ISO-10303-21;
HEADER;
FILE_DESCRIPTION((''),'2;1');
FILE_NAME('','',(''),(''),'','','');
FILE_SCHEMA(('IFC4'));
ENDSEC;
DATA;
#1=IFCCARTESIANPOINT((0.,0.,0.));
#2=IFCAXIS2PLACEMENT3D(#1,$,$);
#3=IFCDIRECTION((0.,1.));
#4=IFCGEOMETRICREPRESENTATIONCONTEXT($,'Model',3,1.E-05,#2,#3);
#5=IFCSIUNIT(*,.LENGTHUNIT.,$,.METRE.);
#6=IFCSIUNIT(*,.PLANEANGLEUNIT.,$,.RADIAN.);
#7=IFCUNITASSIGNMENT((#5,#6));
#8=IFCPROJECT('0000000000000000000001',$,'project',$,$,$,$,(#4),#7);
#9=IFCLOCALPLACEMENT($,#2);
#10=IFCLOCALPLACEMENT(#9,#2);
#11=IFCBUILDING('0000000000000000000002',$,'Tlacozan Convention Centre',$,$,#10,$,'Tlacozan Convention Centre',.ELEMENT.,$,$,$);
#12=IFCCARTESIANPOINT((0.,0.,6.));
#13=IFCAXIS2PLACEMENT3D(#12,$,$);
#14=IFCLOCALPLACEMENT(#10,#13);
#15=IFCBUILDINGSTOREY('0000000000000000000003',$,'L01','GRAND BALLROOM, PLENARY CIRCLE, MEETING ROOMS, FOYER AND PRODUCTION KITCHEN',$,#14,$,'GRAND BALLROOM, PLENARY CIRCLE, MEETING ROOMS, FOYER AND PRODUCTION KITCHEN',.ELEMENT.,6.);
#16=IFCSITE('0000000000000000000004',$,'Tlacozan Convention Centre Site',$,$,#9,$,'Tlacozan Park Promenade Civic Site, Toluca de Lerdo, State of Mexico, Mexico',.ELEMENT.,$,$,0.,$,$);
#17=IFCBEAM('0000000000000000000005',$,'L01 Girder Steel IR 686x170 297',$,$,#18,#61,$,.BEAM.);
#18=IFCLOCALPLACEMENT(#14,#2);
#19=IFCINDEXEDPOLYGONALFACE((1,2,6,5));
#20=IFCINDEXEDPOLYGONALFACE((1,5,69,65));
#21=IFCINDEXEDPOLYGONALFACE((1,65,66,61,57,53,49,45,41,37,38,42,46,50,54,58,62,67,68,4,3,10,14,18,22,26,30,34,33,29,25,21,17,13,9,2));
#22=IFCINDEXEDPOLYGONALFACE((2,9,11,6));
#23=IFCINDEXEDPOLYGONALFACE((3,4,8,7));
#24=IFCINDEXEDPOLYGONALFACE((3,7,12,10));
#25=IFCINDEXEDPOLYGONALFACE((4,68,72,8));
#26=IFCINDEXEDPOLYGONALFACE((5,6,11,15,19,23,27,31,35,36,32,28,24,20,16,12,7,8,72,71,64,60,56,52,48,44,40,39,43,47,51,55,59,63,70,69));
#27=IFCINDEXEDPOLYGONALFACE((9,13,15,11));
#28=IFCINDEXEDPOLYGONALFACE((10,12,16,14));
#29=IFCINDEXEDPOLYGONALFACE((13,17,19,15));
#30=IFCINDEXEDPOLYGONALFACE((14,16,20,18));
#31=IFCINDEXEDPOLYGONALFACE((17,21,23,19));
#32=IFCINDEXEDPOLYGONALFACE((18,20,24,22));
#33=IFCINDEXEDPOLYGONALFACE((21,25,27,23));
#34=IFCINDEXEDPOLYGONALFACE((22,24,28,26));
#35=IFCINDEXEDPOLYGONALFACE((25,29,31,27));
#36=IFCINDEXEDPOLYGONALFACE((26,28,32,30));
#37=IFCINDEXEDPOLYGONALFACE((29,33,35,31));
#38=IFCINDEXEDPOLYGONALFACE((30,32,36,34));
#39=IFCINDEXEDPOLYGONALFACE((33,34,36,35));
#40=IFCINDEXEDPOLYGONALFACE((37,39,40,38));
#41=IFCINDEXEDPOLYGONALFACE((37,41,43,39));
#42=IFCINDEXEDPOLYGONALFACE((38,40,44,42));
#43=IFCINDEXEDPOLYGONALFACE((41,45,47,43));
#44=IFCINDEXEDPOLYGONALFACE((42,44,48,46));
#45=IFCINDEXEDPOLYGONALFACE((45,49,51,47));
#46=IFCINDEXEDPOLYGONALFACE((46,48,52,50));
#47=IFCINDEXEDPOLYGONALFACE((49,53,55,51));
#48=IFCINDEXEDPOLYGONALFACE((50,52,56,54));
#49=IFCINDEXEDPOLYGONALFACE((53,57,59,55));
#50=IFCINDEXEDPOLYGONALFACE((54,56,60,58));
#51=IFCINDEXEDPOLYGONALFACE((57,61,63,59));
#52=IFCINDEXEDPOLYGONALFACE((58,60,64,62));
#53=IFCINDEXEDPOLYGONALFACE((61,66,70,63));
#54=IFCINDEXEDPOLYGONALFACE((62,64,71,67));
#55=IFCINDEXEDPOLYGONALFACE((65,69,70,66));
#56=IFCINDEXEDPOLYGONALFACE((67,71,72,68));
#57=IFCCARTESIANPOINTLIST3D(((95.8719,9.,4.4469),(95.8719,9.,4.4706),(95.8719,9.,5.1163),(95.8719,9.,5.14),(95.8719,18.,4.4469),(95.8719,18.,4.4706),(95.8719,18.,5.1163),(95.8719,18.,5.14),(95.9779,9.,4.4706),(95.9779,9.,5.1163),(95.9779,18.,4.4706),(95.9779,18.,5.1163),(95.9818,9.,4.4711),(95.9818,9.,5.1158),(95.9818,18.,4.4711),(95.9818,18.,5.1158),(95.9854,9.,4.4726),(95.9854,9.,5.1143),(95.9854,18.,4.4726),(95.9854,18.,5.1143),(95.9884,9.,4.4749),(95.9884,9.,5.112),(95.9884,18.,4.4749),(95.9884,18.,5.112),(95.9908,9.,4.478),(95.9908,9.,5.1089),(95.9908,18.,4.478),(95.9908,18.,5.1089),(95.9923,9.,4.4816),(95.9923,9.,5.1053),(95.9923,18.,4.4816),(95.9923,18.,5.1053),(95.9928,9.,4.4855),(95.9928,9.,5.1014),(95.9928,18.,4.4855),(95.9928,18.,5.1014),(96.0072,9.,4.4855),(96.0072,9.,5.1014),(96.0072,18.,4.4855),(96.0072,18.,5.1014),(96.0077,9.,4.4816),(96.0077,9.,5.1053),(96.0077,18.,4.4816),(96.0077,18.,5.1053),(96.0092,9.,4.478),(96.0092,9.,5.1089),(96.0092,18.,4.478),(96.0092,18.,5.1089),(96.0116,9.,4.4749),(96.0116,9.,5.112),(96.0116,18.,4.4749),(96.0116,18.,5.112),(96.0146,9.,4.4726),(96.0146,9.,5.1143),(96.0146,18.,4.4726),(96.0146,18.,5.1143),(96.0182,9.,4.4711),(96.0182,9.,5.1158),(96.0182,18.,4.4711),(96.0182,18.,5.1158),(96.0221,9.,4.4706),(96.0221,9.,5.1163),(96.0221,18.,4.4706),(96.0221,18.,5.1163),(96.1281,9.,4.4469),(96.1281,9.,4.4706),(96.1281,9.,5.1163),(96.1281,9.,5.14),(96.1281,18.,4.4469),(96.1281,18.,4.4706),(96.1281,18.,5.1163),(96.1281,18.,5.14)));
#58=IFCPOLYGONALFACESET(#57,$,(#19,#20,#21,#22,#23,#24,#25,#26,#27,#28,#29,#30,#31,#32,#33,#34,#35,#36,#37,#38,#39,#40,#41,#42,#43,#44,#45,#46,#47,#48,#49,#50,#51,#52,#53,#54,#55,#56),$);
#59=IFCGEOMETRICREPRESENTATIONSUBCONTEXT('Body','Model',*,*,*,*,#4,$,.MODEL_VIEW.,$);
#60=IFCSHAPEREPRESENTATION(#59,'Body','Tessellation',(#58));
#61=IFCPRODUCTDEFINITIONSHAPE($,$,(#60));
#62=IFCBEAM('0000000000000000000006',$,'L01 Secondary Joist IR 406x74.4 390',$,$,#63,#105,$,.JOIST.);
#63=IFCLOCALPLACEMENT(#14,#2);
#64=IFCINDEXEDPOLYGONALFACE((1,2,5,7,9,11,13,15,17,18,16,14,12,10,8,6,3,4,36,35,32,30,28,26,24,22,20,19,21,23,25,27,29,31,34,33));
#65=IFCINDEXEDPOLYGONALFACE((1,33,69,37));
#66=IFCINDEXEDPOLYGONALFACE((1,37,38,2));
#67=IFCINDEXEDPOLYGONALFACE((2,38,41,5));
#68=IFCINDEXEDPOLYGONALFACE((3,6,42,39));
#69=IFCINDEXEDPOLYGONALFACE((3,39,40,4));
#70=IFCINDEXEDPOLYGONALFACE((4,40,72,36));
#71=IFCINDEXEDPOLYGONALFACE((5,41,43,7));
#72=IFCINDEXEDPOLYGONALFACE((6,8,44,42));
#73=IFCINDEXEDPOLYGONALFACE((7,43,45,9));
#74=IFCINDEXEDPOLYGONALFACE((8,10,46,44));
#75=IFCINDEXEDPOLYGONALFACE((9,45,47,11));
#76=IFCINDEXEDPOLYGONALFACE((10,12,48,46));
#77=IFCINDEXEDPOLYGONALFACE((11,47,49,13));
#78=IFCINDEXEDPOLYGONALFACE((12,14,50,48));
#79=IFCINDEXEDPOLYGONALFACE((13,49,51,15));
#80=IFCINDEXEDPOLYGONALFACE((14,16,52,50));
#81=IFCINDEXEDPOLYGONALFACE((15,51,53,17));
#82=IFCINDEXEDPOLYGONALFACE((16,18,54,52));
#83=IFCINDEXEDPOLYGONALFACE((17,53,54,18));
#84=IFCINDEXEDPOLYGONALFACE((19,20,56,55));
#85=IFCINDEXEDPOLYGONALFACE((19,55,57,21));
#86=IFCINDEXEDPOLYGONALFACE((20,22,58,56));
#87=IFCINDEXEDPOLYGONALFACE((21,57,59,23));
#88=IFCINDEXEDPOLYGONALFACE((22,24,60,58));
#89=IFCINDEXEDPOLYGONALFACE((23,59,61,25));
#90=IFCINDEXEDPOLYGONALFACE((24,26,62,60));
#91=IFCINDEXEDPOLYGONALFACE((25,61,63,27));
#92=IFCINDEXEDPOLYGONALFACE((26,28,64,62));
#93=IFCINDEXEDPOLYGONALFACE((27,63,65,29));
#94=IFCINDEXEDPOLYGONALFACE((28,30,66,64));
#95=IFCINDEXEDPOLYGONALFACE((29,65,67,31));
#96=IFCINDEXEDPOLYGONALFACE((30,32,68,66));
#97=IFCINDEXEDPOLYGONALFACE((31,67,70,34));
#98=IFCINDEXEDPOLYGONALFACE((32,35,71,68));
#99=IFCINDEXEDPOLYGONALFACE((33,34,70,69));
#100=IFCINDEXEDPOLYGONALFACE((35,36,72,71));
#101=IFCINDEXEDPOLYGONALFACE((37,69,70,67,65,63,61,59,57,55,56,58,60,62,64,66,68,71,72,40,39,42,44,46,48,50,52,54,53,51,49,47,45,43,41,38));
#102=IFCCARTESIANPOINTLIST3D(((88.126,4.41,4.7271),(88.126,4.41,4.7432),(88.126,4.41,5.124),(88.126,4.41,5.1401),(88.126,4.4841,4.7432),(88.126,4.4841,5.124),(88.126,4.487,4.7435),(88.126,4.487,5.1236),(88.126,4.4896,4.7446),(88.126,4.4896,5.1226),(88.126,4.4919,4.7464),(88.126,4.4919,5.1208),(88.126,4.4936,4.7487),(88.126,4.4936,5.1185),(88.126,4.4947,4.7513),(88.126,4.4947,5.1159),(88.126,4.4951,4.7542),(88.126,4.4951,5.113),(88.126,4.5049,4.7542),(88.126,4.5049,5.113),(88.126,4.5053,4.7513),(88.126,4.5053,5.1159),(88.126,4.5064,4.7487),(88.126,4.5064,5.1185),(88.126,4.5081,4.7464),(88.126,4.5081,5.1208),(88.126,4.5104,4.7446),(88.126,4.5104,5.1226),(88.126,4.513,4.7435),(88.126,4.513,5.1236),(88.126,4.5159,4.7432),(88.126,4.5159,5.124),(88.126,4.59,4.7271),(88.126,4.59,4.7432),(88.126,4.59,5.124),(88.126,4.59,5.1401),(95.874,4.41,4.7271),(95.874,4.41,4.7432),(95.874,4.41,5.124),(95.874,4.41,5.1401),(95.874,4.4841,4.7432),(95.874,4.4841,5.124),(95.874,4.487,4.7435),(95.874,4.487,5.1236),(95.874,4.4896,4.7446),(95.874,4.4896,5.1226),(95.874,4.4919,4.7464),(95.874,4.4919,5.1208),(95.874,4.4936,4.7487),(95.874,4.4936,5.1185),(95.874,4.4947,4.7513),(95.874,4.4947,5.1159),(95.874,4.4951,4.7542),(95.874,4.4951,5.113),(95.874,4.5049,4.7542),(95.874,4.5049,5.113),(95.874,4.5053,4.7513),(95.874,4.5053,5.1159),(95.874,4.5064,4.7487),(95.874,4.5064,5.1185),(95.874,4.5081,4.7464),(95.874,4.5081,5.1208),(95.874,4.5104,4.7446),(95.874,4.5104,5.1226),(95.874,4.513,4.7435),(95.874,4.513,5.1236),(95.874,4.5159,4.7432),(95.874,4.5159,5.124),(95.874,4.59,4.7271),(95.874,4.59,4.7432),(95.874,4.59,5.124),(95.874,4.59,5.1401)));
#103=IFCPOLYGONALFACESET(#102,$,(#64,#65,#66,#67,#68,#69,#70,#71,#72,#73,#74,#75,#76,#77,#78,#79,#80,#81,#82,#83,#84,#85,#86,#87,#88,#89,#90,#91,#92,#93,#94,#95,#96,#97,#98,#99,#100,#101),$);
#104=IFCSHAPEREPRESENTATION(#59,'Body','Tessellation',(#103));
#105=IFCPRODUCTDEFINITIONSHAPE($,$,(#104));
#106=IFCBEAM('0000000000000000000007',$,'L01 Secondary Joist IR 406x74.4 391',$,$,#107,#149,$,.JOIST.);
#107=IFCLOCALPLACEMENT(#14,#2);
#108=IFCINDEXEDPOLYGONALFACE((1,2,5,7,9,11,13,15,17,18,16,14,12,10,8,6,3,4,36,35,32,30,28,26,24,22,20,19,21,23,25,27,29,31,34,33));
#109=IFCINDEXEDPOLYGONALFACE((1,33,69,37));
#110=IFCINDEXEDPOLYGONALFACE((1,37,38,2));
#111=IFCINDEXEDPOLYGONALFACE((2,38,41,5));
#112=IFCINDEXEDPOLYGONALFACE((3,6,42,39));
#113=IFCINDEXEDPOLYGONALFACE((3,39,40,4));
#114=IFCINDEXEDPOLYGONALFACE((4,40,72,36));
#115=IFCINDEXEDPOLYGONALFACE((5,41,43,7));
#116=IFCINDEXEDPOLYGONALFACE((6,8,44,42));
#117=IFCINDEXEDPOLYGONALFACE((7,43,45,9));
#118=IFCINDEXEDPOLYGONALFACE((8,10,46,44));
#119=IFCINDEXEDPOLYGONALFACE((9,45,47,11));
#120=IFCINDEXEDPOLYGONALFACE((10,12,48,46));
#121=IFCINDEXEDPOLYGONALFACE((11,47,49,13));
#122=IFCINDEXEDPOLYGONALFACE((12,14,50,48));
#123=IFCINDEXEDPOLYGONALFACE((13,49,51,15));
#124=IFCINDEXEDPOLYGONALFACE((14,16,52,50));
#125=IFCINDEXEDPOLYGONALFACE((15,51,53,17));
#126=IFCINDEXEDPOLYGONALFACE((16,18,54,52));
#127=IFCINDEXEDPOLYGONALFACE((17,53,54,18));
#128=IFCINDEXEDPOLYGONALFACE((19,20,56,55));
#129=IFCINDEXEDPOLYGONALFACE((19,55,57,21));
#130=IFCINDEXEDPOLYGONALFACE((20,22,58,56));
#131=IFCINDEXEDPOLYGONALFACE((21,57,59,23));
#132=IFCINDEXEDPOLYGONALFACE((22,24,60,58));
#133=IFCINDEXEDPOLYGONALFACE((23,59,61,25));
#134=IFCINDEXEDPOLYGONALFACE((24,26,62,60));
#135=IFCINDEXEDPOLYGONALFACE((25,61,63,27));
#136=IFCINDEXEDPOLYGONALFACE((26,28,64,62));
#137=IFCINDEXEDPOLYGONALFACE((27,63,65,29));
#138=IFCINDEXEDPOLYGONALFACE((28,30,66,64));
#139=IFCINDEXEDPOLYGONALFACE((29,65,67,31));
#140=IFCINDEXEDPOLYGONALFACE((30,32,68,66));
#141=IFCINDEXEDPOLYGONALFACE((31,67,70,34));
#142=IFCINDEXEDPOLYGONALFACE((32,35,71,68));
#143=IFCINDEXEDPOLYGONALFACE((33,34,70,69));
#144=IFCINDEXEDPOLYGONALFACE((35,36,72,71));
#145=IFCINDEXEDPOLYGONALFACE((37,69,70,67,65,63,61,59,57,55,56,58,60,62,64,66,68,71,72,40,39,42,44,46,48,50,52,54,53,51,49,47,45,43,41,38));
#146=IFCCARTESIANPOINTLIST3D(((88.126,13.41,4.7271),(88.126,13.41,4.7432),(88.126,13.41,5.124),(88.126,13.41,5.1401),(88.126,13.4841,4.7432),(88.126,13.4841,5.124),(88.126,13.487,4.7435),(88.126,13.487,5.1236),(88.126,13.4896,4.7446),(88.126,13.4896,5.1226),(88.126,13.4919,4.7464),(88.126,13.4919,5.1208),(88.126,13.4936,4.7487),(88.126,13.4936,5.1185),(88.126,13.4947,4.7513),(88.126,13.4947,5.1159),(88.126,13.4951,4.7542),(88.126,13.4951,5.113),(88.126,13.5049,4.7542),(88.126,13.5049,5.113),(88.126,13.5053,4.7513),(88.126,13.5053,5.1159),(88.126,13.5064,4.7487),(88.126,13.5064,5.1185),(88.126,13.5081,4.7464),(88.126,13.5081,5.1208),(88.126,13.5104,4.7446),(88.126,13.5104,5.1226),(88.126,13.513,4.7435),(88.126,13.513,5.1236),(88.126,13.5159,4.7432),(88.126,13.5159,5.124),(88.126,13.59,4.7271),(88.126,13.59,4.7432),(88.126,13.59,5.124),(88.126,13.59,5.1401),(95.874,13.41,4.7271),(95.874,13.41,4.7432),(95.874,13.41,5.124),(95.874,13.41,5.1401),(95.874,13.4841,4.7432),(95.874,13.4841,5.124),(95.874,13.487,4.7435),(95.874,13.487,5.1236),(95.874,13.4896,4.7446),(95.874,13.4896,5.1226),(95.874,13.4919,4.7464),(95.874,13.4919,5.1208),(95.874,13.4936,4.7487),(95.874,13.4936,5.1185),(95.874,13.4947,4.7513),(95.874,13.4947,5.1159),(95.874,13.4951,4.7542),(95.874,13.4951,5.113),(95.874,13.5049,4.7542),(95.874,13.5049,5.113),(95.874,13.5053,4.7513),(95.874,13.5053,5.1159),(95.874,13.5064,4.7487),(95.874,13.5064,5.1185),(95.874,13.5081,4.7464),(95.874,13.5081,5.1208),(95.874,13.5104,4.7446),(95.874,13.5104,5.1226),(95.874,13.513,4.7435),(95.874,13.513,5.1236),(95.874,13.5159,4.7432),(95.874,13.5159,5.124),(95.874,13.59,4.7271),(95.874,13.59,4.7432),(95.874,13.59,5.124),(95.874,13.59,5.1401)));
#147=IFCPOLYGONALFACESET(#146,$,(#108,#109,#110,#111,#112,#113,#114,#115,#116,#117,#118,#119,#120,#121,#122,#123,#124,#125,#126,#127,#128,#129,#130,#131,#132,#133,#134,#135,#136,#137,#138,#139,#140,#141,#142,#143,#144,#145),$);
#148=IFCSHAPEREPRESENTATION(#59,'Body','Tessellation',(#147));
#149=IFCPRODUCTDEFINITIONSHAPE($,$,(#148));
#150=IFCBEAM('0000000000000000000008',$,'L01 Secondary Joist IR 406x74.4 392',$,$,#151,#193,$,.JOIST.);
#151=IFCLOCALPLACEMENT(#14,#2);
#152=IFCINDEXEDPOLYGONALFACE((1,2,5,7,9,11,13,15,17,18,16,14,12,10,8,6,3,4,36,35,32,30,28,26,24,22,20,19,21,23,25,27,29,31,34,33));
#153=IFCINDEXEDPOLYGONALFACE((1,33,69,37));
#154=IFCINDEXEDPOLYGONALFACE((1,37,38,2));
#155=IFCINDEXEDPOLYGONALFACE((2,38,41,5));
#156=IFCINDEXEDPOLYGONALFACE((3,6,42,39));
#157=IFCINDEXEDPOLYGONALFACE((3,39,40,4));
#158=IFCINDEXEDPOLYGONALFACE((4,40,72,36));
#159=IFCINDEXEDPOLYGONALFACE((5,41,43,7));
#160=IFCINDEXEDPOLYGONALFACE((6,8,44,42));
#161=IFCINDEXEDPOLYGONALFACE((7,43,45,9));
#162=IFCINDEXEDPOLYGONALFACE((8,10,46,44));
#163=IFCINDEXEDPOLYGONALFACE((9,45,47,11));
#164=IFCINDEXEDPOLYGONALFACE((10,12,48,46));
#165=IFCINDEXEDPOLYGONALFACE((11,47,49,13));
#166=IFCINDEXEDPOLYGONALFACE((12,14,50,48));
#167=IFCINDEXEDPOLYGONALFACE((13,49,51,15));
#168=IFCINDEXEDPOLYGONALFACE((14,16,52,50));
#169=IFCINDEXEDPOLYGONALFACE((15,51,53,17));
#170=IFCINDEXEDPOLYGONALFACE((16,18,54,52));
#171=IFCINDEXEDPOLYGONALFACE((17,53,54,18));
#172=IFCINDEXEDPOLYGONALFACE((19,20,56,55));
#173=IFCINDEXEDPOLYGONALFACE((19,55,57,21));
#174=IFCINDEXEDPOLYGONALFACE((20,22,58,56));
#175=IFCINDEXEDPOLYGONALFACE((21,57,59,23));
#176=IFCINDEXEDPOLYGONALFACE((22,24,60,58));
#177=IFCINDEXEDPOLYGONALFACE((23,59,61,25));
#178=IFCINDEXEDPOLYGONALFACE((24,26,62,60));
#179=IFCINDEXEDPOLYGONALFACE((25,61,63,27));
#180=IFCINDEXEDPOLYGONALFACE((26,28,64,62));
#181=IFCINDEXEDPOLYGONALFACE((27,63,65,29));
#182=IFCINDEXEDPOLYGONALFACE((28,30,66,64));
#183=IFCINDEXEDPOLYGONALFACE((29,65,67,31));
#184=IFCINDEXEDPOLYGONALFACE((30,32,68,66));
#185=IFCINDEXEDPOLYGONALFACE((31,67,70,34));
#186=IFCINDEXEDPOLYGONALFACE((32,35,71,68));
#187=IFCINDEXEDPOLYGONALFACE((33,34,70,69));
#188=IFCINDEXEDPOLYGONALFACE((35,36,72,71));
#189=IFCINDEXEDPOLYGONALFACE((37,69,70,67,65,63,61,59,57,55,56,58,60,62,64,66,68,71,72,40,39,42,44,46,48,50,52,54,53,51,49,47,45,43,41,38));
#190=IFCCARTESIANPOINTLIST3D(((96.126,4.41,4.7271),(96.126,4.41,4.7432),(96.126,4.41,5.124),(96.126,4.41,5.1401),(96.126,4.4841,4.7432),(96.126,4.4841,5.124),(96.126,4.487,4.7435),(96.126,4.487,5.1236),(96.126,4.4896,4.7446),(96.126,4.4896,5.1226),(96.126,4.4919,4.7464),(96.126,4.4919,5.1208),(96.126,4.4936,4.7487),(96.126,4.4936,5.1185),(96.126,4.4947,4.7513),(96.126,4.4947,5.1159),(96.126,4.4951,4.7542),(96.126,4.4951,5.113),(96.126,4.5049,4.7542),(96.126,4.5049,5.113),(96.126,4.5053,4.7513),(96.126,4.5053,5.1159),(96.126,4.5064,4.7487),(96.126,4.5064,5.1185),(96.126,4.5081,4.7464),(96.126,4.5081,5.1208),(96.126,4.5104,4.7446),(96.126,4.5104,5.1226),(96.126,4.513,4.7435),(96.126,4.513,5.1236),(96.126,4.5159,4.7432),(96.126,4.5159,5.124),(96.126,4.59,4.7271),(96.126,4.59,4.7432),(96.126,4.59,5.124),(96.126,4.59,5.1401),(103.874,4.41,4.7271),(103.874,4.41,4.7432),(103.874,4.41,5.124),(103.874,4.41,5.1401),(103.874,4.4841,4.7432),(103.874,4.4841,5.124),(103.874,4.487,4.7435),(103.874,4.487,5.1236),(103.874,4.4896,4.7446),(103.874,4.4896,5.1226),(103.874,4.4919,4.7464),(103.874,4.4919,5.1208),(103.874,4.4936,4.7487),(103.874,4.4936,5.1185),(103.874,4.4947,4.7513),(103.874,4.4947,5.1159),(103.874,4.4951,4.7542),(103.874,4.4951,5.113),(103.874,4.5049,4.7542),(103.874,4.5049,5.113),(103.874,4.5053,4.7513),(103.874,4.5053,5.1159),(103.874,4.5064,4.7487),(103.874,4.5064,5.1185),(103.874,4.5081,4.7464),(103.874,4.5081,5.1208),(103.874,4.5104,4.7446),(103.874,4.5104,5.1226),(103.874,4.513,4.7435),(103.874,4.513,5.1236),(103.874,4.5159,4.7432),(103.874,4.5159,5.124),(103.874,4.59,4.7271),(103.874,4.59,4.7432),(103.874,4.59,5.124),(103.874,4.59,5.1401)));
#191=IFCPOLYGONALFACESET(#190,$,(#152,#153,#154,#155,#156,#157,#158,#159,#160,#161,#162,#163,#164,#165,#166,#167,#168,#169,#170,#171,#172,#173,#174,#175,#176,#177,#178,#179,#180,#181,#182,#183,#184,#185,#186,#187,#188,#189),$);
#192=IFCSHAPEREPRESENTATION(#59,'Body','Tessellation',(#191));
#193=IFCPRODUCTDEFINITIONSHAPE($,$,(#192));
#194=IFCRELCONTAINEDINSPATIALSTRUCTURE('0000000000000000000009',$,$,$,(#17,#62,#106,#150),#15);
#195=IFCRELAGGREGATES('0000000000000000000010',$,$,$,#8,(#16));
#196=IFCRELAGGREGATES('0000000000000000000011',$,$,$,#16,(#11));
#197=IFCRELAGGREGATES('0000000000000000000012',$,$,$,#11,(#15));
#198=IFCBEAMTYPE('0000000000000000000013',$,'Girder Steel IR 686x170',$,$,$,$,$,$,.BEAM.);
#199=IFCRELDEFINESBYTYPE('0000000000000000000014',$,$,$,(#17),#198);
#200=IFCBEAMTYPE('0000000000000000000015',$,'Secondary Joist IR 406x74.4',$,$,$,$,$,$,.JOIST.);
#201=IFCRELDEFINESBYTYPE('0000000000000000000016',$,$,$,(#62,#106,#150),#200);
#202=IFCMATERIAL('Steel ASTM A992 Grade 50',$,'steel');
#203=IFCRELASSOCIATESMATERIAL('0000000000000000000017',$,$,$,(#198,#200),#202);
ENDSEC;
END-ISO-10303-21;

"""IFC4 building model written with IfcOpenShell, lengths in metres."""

from ifc_helpers import new_model, si_unit, direction, frame, origin, origin_2d, place, context, subcontext, project, spatial, i_section, extrude, material, material_profile, profile_set, type_object, element, save


model = new_model("IFC4")

# Units and contexts
model_context = context("Model", 3, precision=1e-05, world=origin(), true_north=direction((0.0, 1.0)))
body_context = subcontext(model_context, "Body", "Model", "MODEL_VIEW")
ifc_project = project(units=[si_unit("LENGTHUNIT", "METRE"), si_unit("PLANEANGLEUNIT", "RADIAN")], contexts=[model_context])

# Site, building, storey
site_placement = place(None, origin())
site = spatial("IfcSite", under=ifc_project, at=site_placement, Name="Tlacozan Convention Centre Site", LongName="Tlacozan Park Promenade Civic Site, Toluca de Lerdo, State of Mexico, Mexico", CompositionType="ELEMENT", RefElevation=0.0)
building_placement = place(site_placement, origin())
building = spatial("IfcBuilding", under=site, at=building_placement, Name="Tlacozan Convention Centre", LongName="Tlacozan Convention Centre", CompositionType="ELEMENT")
storey_placement = place(building_placement, frame((0.0, 0.0, 6.0)))
storey = spatial("IfcBuildingStorey", under=building, at=storey_placement, Name="L01", Description="GRAND BALLROOM, PLENARY CIRCLE, MEETING ROOMS, FOYER AND PRODUCTION KITCHEN", LongName="GRAND BALLROOM, PLENARY CIRCLE, MEETING ROOMS, FOYER AND PRODUCTION KITCHEN", CompositionType="ELEMENT", Elevation=6.0)

# Beams
ifc_material_1 = material(Name="Steel ASTM A992 Grade 50", Category="steel")
ifc_material_profile_1 = material_profile(ifc_material_1, i_section(OverallWidth=0.2561, OverallDepth=0.6931, WebThickness=0.0144, FlangeThickness=0.0237, FilletRadius=0.0149, at=origin_2d()), Name="IR 686x170.0")
ifc_profile_set_1 = profile_set([ifc_material_profile_1], Name="Steel ASTM A992 Grade 50")
beam_type_1 = type_object("IfcBeamType", Name="Girder Steel IR 686x170", PredefinedType="BEAM", material=ifc_profile_set_1)
for number, where, z_axis, x_axis, name in (
    (1, (96.0, 9.0, 4.7935), (0.0, 1.0, 0.0), (-1.0, 0.0, 0.0), "L01 Girder Steel IR 686x170 297"),
):
    element("IfcBeam", number, at=place(storey_placement, frame(where, z_axis=z_axis, x_axis=x_axis)), inside=storey, type_object=beam_type_1, Name=name, PredefinedType="BEAM", context=body_context, shape_type="SweptSolid", body=[
        extrude(i_section(OverallWidth=0.2561, OverallDepth=0.6931, WebThickness=0.0144, FlangeThickness=0.0237, FilletRadius=0.0149, at=origin_2d()), origin(), (0.0, 0.0, 1.0), 9.0),
    ])
ifc_material_profile_2 = material_profile(ifc_material_1, i_section(OverallWidth=0.1799, OverallDepth=0.4131, WebThickness=0.0098, FlangeThickness=0.0161, FilletRadius=0.011, at=origin_2d()), Name="IR 406x74.4")
ifc_profile_set_2 = profile_set([ifc_material_profile_2], Name="Steel ASTM A992 Grade 50")
beam_type_2 = type_object("IfcBeamType", Name="Secondary Joist IR 406x74.4", PredefinedType="JOIST", material=ifc_profile_set_2)
for number, where, z_axis, x_axis, name in (
    (2, (88.126, 4.5, 4.9336), (1.0, 0.0, 0.0), (0.0, 1.0, 0.0), "L01 Secondary Joist IR 406x74.4 390"),
    (3, (88.126, 13.5, 4.9336), (1.0, 0.0, 0.0), (0.0, 1.0, 0.0), "L01 Secondary Joist IR 406x74.4 391"),
    (4, (96.126, 4.5, 4.9336), (1.0, 0.0, 0.0), (0.0, 1.0, 0.0), "L01 Secondary Joist IR 406x74.4 392"),
):
    element("IfcBeam", number, at=place(storey_placement, frame(where, z_axis=z_axis, x_axis=x_axis)), inside=storey, type_object=beam_type_2, Name=name, PredefinedType="JOIST", context=body_context, shape_type="SweptSolid", body=[
        extrude(i_section(OverallWidth=0.1799, OverallDepth=0.4131, WebThickness=0.0098, FlangeThickness=0.0161, FilletRadius=0.011, at=origin_2d()), origin(), (0.0, 0.0, 1.0), 7.748),
    ])

save(model, "model.ifc")
